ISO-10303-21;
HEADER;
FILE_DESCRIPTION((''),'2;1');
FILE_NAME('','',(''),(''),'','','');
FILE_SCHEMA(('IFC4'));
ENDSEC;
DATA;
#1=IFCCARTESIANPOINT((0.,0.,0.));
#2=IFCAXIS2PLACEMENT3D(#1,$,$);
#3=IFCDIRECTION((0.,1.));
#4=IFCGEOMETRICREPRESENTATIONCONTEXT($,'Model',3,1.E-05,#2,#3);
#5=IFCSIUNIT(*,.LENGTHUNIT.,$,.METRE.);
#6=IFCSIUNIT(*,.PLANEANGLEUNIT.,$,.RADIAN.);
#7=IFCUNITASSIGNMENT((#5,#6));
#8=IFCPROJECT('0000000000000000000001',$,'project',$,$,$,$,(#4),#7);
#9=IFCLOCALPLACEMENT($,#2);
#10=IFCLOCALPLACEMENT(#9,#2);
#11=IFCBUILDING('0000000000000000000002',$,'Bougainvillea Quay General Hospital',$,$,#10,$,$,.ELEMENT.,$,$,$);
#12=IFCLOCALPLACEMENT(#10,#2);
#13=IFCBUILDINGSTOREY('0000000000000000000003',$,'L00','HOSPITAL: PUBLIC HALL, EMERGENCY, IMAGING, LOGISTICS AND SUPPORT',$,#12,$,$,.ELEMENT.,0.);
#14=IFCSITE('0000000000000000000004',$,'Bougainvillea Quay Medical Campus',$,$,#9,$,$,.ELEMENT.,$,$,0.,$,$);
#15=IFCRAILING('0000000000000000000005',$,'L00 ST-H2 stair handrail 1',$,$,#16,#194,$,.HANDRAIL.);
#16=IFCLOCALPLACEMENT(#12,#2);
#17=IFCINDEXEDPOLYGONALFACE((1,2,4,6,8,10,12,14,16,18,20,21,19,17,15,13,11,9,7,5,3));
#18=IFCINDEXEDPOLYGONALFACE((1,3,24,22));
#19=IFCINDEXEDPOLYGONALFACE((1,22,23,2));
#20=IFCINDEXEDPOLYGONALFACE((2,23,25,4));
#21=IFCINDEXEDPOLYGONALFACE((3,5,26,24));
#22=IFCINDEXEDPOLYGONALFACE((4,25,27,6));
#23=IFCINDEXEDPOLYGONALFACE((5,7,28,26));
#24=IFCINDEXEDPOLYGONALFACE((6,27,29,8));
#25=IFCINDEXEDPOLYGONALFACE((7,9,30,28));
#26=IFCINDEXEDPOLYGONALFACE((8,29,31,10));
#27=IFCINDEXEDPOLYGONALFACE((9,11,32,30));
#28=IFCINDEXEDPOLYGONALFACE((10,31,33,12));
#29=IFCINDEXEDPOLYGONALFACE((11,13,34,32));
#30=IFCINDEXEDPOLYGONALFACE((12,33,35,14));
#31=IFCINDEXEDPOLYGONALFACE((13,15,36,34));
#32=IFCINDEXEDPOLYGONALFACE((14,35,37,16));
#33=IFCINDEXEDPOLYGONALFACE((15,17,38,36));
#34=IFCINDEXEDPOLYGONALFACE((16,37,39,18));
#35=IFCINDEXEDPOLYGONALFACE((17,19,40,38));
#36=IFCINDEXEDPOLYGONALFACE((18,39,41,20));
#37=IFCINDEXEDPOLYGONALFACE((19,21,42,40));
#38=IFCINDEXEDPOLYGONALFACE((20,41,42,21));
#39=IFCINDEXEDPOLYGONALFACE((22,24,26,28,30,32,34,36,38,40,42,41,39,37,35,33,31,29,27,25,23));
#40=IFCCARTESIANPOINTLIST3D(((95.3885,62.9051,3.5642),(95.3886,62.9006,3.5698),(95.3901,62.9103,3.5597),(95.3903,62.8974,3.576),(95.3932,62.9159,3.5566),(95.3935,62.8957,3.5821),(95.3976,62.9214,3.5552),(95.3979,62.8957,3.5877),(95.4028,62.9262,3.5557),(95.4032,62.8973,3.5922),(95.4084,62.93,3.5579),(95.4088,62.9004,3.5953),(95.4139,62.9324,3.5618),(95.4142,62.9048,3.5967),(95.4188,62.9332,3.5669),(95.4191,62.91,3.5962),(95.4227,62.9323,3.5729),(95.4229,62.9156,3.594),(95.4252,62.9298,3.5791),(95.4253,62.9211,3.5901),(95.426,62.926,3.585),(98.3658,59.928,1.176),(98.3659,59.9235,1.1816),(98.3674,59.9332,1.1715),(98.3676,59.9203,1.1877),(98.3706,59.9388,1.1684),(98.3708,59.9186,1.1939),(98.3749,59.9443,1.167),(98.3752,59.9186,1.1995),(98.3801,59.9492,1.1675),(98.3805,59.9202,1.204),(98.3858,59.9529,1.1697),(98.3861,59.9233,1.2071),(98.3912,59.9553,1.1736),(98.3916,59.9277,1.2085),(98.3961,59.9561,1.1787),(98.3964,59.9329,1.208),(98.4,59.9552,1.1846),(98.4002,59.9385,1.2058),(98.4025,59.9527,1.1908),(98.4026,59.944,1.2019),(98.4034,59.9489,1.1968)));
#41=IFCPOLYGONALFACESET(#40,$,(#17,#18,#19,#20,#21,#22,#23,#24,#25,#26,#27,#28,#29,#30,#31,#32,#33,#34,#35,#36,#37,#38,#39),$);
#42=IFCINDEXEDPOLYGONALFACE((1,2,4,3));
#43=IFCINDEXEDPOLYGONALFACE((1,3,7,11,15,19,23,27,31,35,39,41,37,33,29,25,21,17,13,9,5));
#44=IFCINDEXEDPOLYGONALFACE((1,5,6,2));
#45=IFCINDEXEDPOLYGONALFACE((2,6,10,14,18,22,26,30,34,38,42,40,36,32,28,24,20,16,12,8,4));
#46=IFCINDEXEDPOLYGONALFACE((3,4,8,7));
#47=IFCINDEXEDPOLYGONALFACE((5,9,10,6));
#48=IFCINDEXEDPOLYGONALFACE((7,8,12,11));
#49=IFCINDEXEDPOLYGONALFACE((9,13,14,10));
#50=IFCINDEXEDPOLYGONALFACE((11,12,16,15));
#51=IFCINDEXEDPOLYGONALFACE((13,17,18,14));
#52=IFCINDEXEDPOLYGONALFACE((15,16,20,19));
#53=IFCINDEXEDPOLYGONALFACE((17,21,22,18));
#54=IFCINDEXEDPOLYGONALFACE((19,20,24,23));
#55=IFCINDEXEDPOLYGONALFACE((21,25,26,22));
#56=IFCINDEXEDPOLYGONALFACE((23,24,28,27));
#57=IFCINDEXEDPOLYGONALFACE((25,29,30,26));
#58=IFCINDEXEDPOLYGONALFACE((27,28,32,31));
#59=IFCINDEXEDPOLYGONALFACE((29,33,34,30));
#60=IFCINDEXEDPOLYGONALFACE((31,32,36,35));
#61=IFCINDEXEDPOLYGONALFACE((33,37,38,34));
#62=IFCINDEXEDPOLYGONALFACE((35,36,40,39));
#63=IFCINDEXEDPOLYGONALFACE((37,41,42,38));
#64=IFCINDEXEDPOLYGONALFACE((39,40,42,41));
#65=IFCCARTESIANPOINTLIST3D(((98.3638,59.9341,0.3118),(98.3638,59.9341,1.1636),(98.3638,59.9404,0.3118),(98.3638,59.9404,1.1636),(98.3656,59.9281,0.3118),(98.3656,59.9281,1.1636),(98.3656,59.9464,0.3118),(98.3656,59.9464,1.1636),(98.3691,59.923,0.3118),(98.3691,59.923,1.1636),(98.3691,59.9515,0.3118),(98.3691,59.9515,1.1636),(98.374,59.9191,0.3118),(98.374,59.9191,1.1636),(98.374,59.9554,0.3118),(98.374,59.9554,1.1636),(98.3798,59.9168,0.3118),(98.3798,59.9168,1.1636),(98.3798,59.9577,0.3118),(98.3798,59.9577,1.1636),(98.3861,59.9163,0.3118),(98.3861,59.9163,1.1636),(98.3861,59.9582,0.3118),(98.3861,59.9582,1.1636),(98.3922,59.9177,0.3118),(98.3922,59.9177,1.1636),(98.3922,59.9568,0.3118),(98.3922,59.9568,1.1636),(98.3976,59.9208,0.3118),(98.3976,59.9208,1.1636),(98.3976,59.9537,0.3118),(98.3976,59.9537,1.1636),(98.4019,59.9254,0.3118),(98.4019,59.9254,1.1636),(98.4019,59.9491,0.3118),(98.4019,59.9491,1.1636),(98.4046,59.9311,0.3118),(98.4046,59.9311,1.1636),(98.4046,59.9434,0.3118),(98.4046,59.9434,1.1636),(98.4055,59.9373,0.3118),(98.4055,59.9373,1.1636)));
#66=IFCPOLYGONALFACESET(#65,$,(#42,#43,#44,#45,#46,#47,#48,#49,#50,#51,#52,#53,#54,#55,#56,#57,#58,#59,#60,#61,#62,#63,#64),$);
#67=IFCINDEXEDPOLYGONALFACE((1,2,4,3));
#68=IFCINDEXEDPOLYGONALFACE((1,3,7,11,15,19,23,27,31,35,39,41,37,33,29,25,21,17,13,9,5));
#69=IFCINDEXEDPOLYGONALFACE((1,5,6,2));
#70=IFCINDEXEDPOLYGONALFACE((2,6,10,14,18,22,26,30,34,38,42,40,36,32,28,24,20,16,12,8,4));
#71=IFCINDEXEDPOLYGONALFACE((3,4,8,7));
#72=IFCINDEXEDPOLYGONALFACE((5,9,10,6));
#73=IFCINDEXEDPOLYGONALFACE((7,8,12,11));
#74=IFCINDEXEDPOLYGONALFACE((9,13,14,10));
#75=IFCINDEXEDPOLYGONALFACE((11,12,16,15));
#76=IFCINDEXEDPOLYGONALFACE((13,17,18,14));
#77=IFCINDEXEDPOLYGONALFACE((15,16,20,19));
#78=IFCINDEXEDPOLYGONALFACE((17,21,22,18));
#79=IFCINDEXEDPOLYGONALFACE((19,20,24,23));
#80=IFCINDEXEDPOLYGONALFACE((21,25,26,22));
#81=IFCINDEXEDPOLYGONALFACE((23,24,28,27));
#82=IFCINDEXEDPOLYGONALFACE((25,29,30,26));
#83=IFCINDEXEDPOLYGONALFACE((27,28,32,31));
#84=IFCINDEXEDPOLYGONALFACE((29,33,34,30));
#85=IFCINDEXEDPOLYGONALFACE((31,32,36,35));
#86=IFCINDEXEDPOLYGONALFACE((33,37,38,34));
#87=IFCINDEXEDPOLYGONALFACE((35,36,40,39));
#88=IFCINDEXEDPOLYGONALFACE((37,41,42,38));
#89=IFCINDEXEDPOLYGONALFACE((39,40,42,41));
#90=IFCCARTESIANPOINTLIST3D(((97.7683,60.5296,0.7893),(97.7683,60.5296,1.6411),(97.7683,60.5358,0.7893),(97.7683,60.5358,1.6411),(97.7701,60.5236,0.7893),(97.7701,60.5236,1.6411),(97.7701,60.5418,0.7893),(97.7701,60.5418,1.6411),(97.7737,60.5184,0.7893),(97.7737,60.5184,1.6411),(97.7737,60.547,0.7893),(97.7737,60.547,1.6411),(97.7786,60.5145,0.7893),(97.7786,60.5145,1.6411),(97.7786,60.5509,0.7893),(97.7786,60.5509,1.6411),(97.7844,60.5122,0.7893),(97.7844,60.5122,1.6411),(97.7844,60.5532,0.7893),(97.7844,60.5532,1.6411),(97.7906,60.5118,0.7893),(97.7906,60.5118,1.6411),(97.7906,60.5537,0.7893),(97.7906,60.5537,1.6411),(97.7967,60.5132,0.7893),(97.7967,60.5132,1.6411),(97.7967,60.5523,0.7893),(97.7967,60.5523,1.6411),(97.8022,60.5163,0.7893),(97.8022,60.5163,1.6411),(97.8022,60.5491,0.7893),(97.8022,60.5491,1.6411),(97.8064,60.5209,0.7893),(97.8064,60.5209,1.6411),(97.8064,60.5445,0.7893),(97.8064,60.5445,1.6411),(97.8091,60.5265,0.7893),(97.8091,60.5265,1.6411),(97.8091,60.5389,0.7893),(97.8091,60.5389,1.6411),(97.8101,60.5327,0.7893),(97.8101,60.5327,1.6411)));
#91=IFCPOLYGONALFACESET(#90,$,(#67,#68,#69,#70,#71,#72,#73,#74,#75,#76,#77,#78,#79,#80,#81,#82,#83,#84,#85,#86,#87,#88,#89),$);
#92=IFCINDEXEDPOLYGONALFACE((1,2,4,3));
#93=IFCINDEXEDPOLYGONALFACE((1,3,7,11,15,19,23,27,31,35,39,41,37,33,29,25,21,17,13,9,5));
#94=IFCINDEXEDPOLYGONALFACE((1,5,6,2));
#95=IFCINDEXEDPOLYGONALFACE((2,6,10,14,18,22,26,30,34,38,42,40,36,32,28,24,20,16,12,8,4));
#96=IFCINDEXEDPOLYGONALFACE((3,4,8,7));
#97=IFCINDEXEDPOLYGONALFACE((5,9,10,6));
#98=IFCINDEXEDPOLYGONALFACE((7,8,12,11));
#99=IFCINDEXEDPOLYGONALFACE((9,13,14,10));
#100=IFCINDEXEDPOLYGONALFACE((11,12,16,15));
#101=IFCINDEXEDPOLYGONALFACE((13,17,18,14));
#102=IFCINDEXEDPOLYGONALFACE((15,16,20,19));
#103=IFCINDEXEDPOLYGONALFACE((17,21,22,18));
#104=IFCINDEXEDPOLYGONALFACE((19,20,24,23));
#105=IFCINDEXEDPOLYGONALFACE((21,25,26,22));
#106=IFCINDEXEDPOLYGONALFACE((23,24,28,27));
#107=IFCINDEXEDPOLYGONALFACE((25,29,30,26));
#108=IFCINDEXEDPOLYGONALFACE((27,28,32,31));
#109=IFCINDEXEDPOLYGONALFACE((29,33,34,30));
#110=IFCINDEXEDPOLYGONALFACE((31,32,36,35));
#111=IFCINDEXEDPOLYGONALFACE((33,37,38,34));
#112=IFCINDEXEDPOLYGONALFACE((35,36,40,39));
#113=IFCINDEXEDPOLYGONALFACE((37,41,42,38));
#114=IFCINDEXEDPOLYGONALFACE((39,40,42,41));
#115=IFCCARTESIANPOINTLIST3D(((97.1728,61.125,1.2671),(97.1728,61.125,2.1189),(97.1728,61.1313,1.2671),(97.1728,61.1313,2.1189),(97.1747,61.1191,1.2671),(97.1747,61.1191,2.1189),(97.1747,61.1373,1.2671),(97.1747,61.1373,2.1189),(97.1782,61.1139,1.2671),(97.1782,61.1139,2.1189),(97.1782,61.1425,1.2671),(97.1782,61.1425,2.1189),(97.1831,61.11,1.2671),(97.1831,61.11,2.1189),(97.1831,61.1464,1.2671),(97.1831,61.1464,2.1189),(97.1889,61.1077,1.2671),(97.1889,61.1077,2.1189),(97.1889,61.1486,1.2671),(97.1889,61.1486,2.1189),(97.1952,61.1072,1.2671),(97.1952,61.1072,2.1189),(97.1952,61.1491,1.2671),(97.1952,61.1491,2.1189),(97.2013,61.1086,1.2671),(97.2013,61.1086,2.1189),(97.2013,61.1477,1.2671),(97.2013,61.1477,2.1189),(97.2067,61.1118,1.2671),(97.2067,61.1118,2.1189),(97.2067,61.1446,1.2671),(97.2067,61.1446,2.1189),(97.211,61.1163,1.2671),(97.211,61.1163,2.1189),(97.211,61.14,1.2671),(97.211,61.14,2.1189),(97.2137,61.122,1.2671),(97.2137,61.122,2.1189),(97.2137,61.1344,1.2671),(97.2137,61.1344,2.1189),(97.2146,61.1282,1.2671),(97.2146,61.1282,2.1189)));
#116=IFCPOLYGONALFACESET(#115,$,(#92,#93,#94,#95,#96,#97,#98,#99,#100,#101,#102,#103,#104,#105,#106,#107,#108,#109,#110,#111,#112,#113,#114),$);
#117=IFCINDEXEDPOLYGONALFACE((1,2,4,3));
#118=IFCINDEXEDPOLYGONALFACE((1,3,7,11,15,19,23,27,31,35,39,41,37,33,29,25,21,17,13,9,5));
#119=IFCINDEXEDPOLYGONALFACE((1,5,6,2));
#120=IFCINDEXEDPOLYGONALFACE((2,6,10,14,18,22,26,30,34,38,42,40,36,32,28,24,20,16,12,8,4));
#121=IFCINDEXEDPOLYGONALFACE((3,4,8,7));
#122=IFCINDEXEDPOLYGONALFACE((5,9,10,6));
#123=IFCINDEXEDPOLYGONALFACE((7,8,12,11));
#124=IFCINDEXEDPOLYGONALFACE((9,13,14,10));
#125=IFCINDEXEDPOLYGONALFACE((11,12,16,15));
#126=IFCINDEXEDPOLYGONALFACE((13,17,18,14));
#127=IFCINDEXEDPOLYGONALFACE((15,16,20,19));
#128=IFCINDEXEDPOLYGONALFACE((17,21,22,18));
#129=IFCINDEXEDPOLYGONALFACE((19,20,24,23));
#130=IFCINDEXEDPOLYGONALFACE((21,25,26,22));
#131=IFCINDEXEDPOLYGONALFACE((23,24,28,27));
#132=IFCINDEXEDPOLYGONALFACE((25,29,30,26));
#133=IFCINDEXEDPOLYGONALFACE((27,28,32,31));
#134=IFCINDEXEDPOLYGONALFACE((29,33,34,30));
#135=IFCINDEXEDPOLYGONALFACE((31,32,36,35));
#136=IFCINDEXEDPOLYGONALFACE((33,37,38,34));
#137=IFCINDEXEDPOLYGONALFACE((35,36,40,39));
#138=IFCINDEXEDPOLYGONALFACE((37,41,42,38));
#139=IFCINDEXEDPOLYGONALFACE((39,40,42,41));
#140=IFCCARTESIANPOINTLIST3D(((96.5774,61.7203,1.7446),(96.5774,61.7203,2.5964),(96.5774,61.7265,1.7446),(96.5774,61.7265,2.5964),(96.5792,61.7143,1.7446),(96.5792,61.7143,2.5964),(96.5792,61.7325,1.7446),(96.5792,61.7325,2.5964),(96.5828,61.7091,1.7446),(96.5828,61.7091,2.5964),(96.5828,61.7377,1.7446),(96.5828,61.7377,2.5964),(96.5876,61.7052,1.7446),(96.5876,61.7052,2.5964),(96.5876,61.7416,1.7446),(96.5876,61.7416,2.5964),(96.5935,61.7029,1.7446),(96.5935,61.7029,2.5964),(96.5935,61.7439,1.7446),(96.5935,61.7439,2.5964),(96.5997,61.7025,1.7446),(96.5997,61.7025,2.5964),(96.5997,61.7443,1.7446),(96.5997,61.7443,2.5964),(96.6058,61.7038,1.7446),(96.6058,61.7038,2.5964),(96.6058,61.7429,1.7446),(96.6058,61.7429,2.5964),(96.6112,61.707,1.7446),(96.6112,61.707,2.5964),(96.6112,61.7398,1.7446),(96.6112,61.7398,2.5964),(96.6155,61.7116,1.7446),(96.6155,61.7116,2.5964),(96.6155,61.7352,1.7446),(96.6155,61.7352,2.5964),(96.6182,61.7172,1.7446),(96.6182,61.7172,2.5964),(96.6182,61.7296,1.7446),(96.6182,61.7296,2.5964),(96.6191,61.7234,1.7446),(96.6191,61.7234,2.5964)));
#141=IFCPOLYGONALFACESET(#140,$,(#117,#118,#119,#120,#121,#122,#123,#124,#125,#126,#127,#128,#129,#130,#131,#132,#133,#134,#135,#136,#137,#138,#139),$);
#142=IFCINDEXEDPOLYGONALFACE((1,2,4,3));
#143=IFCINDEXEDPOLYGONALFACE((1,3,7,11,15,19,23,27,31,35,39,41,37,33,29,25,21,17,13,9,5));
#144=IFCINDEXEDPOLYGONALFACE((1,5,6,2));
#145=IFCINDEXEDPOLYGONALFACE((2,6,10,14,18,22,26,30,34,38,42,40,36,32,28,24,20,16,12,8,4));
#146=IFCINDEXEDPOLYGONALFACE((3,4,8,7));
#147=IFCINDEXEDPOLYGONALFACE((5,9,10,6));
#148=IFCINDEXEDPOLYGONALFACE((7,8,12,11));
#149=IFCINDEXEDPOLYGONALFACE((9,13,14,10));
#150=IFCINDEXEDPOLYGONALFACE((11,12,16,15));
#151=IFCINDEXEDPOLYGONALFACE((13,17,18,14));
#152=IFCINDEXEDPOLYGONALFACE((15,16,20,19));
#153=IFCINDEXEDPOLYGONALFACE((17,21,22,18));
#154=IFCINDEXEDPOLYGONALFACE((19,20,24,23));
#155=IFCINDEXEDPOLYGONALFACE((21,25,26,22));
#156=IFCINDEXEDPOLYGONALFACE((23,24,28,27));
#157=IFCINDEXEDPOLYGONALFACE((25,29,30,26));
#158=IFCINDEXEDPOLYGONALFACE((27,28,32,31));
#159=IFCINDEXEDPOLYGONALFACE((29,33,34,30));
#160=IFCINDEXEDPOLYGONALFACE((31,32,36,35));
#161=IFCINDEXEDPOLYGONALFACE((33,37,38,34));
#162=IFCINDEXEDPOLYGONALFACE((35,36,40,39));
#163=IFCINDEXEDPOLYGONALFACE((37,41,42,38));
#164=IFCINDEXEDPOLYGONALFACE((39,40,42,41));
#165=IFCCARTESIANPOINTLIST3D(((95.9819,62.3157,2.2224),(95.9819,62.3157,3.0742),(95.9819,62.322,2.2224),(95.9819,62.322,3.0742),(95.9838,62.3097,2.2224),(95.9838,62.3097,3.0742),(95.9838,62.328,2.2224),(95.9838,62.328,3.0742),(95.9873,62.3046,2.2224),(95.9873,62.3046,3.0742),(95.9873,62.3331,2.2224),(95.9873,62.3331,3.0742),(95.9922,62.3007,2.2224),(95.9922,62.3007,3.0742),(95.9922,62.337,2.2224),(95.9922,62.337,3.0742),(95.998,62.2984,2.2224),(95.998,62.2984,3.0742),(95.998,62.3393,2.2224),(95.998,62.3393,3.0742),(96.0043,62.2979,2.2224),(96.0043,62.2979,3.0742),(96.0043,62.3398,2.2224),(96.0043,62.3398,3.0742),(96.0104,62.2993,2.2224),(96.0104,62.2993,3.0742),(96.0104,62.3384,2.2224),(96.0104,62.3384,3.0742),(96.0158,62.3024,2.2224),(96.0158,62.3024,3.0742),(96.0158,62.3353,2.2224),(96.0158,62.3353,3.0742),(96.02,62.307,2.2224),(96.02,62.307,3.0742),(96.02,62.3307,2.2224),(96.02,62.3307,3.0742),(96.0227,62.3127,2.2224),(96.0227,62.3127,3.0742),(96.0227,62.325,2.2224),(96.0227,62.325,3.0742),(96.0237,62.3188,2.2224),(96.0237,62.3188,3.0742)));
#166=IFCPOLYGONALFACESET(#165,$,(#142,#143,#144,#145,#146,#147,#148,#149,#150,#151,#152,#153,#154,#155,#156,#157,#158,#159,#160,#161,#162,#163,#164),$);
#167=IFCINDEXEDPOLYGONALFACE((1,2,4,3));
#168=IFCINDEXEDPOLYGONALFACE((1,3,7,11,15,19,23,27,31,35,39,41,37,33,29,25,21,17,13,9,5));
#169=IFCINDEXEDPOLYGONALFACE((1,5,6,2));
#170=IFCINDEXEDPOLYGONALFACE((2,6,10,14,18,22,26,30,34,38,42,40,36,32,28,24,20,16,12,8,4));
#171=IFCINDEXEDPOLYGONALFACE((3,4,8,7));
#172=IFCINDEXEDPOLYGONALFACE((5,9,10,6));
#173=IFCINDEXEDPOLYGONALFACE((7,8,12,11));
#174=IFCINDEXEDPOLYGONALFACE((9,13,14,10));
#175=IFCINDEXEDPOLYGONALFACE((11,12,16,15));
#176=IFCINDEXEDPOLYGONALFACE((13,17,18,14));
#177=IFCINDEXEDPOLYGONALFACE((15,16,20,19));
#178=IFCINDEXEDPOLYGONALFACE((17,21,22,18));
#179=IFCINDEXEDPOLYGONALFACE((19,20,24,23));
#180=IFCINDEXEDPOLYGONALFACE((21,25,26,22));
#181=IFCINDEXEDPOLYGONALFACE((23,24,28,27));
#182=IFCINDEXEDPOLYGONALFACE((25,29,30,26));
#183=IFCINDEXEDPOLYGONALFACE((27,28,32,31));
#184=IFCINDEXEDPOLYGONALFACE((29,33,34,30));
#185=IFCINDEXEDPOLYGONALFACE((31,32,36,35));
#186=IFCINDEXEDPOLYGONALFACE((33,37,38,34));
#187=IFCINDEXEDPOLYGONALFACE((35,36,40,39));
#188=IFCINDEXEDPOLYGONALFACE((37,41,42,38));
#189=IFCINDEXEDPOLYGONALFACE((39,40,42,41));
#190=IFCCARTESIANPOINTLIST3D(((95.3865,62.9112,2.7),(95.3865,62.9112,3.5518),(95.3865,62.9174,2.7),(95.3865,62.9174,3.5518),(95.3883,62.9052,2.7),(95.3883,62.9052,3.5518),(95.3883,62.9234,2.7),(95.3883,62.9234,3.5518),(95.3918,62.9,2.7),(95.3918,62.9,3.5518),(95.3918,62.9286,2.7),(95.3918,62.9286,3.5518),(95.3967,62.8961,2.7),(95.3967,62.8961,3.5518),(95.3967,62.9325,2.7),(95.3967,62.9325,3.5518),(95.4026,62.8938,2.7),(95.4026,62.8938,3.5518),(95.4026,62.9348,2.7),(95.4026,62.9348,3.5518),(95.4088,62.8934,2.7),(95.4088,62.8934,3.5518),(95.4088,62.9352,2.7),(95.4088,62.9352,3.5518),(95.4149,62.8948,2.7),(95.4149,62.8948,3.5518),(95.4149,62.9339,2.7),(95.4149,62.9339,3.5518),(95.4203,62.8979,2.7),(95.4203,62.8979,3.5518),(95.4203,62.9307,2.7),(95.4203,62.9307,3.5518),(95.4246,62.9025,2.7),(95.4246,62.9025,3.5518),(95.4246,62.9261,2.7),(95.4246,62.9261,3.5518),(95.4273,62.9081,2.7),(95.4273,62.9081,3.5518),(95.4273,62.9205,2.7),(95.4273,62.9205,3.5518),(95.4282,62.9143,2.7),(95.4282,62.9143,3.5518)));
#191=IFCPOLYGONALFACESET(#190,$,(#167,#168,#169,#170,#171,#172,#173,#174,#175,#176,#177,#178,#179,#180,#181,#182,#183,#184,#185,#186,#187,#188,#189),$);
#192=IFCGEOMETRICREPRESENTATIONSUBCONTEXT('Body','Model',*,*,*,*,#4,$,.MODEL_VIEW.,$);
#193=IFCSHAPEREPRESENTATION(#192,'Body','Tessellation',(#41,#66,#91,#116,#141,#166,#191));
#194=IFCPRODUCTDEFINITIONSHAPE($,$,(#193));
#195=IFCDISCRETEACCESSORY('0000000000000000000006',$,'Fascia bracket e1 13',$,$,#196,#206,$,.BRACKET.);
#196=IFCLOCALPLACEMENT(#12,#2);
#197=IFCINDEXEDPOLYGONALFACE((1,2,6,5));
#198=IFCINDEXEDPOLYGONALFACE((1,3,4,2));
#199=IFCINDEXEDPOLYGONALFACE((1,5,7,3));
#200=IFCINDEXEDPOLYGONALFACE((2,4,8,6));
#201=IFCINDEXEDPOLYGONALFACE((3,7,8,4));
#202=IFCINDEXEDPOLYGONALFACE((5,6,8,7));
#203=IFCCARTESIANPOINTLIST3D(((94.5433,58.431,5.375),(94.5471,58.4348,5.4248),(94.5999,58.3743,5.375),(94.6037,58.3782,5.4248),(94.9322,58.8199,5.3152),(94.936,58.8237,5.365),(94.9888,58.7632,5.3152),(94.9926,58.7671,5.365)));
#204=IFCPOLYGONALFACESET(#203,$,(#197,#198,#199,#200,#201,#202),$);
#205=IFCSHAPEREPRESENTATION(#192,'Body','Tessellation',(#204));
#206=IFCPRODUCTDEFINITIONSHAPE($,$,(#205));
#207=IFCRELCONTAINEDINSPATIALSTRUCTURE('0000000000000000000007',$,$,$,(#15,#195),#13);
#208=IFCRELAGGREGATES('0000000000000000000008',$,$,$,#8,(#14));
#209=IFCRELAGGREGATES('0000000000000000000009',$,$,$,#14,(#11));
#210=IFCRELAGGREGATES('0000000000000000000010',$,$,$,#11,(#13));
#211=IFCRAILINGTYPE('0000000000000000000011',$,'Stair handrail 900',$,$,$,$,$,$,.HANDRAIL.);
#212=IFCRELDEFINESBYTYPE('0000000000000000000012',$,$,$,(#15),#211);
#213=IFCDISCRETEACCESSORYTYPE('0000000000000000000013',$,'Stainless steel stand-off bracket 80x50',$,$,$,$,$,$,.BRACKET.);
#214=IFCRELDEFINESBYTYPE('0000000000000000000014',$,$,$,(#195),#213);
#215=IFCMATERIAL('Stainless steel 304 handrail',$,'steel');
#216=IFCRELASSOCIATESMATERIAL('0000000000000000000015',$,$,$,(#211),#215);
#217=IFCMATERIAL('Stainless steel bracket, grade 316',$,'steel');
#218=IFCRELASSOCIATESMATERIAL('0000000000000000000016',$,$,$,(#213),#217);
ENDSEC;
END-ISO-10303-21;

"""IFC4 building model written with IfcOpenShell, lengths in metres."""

from ifc_helpers import new_model, si_unit, direction, frame, origin, origin_2d, place, context, subcontext, project, spatial, rectangle, circle, extrude, material, material_profile, profile_set, type_object, element, save


model = new_model("IFC4")

# Units and contexts
model_context = context("Model", 3, precision=1e-05, world=origin(), true_north=direction((0.0, 1.0)))
body_context = subcontext(model_context, "Body", "Model", "MODEL_VIEW")
ifc_project = project(units=[si_unit("LENGTHUNIT", "METRE"), si_unit("PLANEANGLEUNIT", "RADIAN")], contexts=[model_context])

# Site, building, storey
site_placement = place(None, origin())
site = spatial("IfcSite", under=ifc_project, at=site_placement, Name="Bougainvillea Quay Medical Campus", CompositionType="ELEMENT", RefElevation=0.0)
building_placement = place(site_placement, origin())
building = spatial("IfcBuilding", under=site, at=building_placement, Name="Bougainvillea Quay General Hospital", CompositionType="ELEMENT")
storey_placement = place(building_placement, origin())
storey = spatial("IfcBuildingStorey", under=building, at=storey_placement, Name="L00", Description="HOSPITAL: PUBLIC HALL, EMERGENCY, IMAGING, LOGISTICS AND SUPPORT", CompositionType="ELEMENT", Elevation=0.0)

# Railing
ifc_material_1 = material(Name="Stainless steel 304 handrail", Category="steel")
railing_type_1 = type_object("IfcRailingType", Name="Stair handrail 900", PredefinedType="HANDRAIL", material=ifc_material_1)
railing_1_placement = place(storey_placement, frame((98.3845, 59.9373, 0.3118)))
element("IfcRailing", 1, at=railing_1_placement, inside=storey, type_object=railing_type_1, Name="L00 ST-H2 stair handrail 1", PredefinedType="HANDRAIL", context=body_context, shape_type="SweptSolid", body=[
    extrude(circle(Radius=0.0239, at=origin_2d()), frame((0.0, 0.0, 0.876), z_axis=(-0.615079, 0.615028, 0.493374), x_axis=(-0.707078, -0.707136, 0.0)), (0.0, 0.0, 1.0), 4.8406),
    extrude(circle(Radius=0.021, at=origin_2d()), origin(), (0.0, 0.0, 1.0), 0.8518),
    extrude(circle(Radius=0.021, at=origin_2d()), frame((-0.5955, 0.5955, 0.4775)), (0.0, 0.0, 1.0), 0.8518),
    extrude(circle(Radius=0.021, at=origin_2d()), frame((-1.1909, 1.1909, 0.9553)), (0.0, 0.0, 1.0), 0.8518),
    extrude(circle(Radius=0.021, at=origin_2d()), frame((-1.7864, 1.7861, 1.4329)), (0.0, 0.0, 1.0), 0.8518),
    extrude(circle(Radius=0.021, at=origin_2d()), frame((-2.3818, 2.3816, 1.9106)), (0.0, 0.0, 1.0), 0.8518),
    extrude(circle(Radius=0.021, at=origin_2d()), frame((-2.9773, 2.9771, 2.3882)), (0.0, 0.0, 1.0), 0.8518),
])

# Discrete accessory
ifc_material_2 = material(Name="Stainless steel bracket, grade 316", Category="steel")
ifc_material_profile_1 = material_profile(ifc_material_2, rectangle(XDim=0.0801, YDim=0.05, at=origin_2d()))
ifc_profile_set_1 = profile_set([ifc_material_profile_1], Name="Stainless steel bracket, grade 316")
discrete_accessory_type = type_object("IfcDiscreteAccessoryType", Name="Stainless steel stand-off bracket 80x50", PredefinedType="BRACKET", material=ifc_profile_set_1)
for number, where, z_axis, x_axis, name in (
    (2, (94.9624, 58.7935, 5.3401), (-0.702962, -0.702962, 0.108114), (0.707107, -0.707107, 0.0), "Fascia bracket e1 13"),
):
    element("IfcDiscreteAccessory", number, at=place(storey_placement, frame(where, z_axis=z_axis, x_axis=x_axis)), inside=storey, type_object=discrete_accessory_type, Name=name, PredefinedType="BRACKET", context=body_context, shape_type="SweptSolid", body=[
        extrude(rectangle(XDim=0.0801, YDim=0.05, at=origin_2d()), origin(), (0.0, 0.0, 1.0), 0.5532),
    ])

save(model, "model.ifc")
